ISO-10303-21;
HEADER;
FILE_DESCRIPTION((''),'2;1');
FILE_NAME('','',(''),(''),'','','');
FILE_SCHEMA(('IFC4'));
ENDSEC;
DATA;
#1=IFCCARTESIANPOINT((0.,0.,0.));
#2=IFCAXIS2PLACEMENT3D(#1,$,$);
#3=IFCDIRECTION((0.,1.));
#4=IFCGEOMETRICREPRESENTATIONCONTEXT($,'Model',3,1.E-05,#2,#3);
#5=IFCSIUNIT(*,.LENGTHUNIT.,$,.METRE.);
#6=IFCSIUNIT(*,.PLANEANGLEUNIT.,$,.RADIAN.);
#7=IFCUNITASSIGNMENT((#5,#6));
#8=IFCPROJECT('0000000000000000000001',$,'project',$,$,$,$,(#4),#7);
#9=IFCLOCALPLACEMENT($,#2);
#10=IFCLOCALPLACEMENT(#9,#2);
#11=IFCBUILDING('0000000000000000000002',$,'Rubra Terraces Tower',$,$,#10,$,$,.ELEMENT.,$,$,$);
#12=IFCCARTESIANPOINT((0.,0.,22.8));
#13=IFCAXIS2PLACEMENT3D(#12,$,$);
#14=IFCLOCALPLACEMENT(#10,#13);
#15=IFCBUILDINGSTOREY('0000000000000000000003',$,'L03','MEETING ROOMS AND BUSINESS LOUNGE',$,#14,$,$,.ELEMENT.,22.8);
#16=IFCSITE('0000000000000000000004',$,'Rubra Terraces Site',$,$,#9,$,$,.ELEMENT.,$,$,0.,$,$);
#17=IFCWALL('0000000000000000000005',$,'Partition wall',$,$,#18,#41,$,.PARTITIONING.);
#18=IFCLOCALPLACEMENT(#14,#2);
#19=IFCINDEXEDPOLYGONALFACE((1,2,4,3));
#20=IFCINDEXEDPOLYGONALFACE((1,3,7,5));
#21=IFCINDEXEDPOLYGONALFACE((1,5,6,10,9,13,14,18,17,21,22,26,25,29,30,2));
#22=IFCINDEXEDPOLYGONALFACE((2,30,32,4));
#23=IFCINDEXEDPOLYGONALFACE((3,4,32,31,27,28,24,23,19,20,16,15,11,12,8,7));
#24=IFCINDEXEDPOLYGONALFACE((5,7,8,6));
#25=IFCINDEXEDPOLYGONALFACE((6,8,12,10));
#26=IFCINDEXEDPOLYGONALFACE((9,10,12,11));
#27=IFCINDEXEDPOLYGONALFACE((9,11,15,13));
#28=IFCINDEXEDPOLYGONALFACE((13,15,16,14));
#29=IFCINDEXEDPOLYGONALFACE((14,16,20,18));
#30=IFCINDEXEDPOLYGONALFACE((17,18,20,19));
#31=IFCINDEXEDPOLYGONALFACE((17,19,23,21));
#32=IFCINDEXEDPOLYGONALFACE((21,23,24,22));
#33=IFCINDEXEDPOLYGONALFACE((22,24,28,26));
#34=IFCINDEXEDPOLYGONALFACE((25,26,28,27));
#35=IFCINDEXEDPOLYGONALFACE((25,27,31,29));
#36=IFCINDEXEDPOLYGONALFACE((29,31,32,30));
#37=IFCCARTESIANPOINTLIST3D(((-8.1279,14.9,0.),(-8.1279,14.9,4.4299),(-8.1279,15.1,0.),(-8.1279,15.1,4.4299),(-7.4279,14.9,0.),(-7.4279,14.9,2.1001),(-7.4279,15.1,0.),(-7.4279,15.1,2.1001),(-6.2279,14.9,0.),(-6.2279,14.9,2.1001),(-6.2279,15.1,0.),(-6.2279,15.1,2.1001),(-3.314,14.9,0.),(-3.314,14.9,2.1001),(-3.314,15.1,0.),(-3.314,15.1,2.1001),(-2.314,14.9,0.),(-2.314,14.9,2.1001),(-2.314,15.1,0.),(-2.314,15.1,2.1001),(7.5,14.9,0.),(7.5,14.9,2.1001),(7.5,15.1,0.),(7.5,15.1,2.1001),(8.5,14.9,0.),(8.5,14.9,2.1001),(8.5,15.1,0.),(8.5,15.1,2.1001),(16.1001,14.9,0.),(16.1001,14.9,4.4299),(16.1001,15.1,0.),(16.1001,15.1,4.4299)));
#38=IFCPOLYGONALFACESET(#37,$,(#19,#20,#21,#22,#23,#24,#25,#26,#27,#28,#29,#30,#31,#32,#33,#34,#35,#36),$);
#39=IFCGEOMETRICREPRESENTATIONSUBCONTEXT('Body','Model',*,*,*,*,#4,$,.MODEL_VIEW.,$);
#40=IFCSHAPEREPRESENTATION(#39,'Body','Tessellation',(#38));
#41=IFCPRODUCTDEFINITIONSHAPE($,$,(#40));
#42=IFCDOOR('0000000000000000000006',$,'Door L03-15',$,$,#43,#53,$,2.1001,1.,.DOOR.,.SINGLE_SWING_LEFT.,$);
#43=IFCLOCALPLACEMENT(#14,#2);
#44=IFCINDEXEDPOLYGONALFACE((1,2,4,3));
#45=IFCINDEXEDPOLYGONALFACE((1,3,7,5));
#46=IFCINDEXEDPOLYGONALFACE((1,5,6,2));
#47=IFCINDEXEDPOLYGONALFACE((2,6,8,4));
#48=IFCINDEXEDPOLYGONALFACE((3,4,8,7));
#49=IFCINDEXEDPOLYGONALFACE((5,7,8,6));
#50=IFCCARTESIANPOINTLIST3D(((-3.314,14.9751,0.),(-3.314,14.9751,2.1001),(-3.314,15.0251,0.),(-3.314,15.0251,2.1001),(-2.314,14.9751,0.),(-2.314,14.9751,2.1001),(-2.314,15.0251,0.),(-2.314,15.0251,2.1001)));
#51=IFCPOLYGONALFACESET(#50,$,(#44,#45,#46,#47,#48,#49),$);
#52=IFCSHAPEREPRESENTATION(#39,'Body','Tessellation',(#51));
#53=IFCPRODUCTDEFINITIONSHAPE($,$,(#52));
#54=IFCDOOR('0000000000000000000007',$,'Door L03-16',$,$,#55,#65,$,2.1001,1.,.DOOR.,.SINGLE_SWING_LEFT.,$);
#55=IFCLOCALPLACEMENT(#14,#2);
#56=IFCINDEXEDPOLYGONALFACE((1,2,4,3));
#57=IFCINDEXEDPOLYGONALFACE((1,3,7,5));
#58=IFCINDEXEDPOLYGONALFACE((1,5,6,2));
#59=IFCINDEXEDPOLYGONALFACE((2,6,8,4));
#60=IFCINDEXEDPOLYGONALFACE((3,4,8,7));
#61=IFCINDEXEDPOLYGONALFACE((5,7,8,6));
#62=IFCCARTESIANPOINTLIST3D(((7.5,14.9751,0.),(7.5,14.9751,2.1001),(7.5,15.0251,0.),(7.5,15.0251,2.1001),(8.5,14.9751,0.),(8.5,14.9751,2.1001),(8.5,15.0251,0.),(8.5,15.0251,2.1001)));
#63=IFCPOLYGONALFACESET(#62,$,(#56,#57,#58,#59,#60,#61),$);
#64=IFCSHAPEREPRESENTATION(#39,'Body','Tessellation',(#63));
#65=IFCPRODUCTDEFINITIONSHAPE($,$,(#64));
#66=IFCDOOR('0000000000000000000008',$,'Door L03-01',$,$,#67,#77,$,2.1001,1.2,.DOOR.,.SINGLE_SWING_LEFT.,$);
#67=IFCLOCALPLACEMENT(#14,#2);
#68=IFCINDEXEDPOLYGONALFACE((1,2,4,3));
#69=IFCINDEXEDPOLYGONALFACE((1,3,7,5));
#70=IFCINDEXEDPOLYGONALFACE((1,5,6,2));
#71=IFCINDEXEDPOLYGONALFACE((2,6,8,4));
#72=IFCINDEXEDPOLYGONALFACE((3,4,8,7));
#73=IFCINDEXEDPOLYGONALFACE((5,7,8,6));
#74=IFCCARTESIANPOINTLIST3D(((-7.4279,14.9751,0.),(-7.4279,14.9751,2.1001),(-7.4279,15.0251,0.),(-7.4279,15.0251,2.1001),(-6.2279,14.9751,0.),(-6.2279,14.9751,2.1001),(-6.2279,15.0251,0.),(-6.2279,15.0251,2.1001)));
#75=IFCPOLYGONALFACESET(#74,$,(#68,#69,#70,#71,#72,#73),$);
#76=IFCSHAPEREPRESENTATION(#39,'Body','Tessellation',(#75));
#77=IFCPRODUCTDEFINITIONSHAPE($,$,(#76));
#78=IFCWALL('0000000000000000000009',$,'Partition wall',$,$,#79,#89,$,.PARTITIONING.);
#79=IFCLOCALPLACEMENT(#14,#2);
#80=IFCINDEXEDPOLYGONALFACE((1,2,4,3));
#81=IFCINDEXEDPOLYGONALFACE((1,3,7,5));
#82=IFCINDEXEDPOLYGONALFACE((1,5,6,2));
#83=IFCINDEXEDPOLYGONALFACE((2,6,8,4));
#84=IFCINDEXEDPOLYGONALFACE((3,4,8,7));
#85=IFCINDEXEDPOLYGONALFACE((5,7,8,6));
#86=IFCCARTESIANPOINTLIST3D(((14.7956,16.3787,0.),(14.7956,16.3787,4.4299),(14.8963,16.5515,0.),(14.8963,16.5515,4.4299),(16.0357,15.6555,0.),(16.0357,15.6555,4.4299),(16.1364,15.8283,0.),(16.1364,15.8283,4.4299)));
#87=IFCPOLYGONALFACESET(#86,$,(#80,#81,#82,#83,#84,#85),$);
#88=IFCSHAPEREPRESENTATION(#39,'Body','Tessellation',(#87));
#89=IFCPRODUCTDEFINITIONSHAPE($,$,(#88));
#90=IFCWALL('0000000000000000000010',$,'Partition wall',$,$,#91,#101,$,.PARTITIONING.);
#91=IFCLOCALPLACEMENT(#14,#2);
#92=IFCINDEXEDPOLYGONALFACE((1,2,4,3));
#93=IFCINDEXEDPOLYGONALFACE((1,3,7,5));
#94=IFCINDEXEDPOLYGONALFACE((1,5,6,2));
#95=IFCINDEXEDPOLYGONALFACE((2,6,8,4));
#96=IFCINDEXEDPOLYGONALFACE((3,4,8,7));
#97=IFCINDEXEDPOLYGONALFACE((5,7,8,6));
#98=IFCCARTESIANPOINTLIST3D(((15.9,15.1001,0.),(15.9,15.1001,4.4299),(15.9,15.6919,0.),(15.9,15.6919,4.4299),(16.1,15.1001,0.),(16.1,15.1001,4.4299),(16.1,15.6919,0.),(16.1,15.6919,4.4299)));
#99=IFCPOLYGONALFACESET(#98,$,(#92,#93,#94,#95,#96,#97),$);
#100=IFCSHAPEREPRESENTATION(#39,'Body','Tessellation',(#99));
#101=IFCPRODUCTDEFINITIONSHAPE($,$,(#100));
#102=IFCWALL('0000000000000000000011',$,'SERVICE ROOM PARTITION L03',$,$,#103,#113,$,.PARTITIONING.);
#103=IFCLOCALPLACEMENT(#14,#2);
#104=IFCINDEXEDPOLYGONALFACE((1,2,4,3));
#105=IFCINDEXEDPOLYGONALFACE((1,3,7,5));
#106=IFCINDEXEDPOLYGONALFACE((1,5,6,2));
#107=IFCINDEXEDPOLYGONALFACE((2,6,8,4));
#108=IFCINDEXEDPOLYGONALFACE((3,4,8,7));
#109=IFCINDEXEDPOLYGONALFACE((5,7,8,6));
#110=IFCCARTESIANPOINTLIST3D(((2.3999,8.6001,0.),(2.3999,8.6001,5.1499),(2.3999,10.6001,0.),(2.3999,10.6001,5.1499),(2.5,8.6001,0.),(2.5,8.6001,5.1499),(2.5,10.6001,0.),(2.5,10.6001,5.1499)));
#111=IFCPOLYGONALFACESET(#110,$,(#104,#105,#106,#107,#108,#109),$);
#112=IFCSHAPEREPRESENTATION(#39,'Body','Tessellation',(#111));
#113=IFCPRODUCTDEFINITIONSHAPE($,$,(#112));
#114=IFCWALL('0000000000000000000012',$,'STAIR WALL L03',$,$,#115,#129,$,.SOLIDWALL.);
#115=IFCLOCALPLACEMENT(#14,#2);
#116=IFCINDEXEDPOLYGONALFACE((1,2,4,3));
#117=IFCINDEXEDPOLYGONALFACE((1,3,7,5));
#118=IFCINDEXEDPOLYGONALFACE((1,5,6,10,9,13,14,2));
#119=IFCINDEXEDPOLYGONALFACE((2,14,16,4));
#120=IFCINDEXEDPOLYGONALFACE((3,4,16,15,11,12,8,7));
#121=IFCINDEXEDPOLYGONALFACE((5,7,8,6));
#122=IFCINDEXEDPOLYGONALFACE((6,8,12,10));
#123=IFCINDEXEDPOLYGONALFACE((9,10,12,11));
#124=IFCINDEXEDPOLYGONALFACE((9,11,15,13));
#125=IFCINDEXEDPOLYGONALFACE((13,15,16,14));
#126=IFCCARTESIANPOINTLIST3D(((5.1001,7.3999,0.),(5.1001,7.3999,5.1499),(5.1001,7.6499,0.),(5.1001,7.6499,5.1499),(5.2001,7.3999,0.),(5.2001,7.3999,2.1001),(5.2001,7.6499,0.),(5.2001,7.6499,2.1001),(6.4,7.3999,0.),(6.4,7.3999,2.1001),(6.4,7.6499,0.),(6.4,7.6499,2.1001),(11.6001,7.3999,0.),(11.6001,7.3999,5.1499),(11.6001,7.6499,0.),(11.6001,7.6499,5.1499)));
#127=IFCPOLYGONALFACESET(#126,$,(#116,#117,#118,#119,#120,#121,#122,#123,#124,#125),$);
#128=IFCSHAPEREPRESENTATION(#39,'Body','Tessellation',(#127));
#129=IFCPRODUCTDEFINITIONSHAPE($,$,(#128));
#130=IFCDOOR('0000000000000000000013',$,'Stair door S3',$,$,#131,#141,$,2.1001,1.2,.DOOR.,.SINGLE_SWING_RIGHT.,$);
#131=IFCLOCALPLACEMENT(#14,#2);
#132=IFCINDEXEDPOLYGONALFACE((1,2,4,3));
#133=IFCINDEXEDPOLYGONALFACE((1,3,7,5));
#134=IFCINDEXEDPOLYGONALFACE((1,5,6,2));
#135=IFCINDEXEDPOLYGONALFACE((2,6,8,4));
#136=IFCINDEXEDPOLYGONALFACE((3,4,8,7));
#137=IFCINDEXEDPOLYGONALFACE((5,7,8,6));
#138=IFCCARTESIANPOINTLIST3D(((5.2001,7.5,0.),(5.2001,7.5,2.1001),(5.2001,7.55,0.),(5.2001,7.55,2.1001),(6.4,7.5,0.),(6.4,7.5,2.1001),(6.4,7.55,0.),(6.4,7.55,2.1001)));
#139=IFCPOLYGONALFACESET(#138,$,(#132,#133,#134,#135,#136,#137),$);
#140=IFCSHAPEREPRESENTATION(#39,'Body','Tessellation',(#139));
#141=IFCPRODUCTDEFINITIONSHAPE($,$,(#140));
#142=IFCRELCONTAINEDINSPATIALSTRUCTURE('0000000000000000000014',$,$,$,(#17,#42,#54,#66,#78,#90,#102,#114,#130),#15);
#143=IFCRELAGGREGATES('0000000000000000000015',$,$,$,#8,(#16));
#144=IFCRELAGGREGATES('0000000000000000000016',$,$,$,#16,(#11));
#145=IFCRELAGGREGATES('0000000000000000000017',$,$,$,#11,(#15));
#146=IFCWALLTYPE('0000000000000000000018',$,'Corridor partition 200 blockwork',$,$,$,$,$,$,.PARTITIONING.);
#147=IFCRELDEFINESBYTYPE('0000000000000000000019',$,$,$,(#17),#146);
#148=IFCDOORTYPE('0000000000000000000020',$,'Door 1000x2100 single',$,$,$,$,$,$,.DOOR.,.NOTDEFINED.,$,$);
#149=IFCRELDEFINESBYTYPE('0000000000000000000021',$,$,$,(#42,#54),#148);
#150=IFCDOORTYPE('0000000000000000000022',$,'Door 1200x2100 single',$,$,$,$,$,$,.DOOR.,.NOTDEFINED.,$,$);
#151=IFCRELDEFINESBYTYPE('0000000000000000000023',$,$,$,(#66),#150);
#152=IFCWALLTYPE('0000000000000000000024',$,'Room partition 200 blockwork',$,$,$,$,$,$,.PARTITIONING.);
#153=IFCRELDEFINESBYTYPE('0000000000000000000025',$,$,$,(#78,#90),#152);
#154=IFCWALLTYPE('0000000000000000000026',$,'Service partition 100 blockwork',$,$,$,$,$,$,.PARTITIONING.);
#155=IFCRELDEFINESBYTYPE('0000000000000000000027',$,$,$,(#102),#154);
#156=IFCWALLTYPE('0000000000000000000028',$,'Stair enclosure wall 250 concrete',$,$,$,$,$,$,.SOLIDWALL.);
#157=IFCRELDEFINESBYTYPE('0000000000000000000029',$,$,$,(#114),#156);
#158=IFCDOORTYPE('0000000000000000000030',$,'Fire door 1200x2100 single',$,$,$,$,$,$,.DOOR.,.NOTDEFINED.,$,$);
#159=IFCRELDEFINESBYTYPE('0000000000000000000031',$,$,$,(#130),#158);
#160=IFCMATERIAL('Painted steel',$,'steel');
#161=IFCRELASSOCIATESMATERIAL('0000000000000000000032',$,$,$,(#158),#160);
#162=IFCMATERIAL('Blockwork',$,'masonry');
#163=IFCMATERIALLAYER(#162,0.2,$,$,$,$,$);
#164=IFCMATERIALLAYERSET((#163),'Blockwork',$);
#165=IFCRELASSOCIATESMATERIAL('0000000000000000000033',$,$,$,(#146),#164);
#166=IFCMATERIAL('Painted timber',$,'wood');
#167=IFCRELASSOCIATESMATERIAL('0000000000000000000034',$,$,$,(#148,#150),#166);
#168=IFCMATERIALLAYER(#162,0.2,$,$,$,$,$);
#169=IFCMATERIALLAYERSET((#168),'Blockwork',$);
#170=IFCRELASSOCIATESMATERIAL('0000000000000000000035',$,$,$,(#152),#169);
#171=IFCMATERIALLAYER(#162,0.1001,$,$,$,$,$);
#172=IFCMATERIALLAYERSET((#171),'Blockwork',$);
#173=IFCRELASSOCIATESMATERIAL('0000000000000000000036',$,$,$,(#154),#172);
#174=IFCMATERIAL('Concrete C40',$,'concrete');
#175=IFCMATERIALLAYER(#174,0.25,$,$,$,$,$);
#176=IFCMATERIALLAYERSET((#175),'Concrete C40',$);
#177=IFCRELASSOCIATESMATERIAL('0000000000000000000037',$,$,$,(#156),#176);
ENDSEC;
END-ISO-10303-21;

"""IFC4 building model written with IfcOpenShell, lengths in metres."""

from ifc_helpers import new_model, si_unit, direction, frame, frame_2d, origin, place, context, subcontext, project, spatial, rectangle, extrude, material, layer, layer_set, type_object, element, fill, save


model = new_model("IFC4")

# Units and contexts
model_context = context("Model", 3, precision=1e-05, world=origin(), true_north=direction((0.0, 1.0)))
body_context = subcontext(model_context, "Body", "Model", "MODEL_VIEW")
ifc_project = project(units=[si_unit("LENGTHUNIT", "METRE"), si_unit("PLANEANGLEUNIT", "RADIAN")], contexts=[model_context])

# Site, building, storey
site_placement = place(None, origin())
site = spatial("IfcSite", under=ifc_project, at=site_placement, Name="Rubra Terraces Site", CompositionType="ELEMENT", RefElevation=0.0)
building_placement = place(site_placement, origin())
building = spatial("IfcBuilding", under=site, at=building_placement, Name="Rubra Terraces Tower", CompositionType="ELEMENT")
storey_placement = place(building_placement, frame((0.0, 0.0, 22.8)))
storey = spatial("IfcBuildingStorey", under=building, at=storey_placement, Name="L03", Description="MEETING ROOMS AND BUSINESS LOUNGE", CompositionType="ELEMENT", Elevation=22.8)

# Shared definitions
ifc_material_1 = material(Name="Painted steel", Category="steel")
door_type_1 = type_object("IfcDoorType", Name="Fire door 1200x2100 single", OperationType="NOTDEFINED", PredefinedType="DOOR", material=ifc_material_1)

# Wall, openings, doors
ifc_material_2 = material(Name="Blockwork", Category="masonry")
ifc_layer_1 = layer(ifc_material_2, 0.2)
ifc_layer_set_1 = layer_set([ifc_layer_1], Name="Blockwork")
wall_type_1 = type_object("IfcWallType", Name="Corridor partition 200 blockwork", PredefinedType="PARTITIONING", material=ifc_layer_set_1)
wall_1_placement = place(storey_placement, frame((16.1001, 15.0, 0.0), z_axis=(0.0, 0.0, 1.0), x_axis=(-1.0, 0.0, 0.0)))
wall_1 = element("IfcWall", 1, at=wall_1_placement, inside=storey, type_object=wall_type_1, Name="Partition wall", PredefinedType="PARTITIONING", context=body_context, shape_type="SweptSolid", body=[
    extrude(rectangle(XDim=24.228, YDim=0.2, at=frame_2d((12.114, 0.0))), origin(), (0.0, 0.0, 1.0), 4.4299),
])
opening_1_placement = place(wall_1_placement, frame((22.3279, 0.0, 0.0)))
opening_1 = element("IfcOpeningElement", 2, at=opening_1_placement, cuts=wall_1, PredefinedType="OPENING", context=body_context, shape_type="SweptSolid", body=[
    extrude(rectangle(XDim=1.2, YDim=2.1001, at=frame_2d((0.6001, 1.05))), frame((0.0, 0.1099, 0.0), z_axis=(0.0, -1.0, 0.0), x_axis=(1.0, 0.0, 0.0)), (0.0, 0.0, 1.0), 0.22),
])
opening_2_placement = place(wall_1_placement, frame((18.4141, 0.0, 0.0)))
opening_2 = element("IfcOpeningElement", 3, at=opening_2_placement, cuts=wall_1, PredefinedType="OPENING", context=body_context, shape_type="SweptSolid", body=[
    extrude(rectangle(XDim=1.0, YDim=2.1001, at=frame_2d((0.5, 1.05))), frame((0.0, 0.1099, 0.0), z_axis=(0.0, -1.0, 0.0), x_axis=(1.0, 0.0, 0.0)), (0.0, 0.0, 1.0), 0.22),
])
opening_3_placement = place(wall_1_placement, frame((7.6001, 0.0, 0.0)))
opening_3 = element("IfcOpeningElement", 4, at=opening_3_placement, cuts=wall_1, PredefinedType="OPENING", context=body_context, shape_type="SweptSolid", body=[
    extrude(rectangle(XDim=1.0, YDim=2.1001, at=frame_2d((0.5, 1.05))), frame((0.0, 0.1099, 0.0), z_axis=(0.0, -1.0, 0.0), x_axis=(1.0, 0.0, 0.0)), (0.0, 0.0, 1.0), 0.22),
])
ifc_material_3 = material(Name="Painted timber", Category="wood")
door_type_2 = type_object("IfcDoorType", Name="Door 1000x2100 single", OperationType="NOTDEFINED", PredefinedType="DOOR", material=ifc_material_3)
door_1_placement = place(opening_2_placement, origin())
door_1 = element("IfcDoor", 5, at=door_1_placement, inside=storey, type_object=door_type_2, Name="Door L03-15", OperationType="SINGLE_SWING_LEFT", OverallHeight=2.1001, OverallWidth=1.0, PredefinedType="DOOR", context=body_context, shape_type="SweptSolid", body=[
    extrude(rectangle(XDim=1.0, YDim=2.1001, at=frame_2d((0.5, 1.05))), frame((0.0, 0.0249, 0.0), z_axis=(0.0, -1.0, 0.0), x_axis=(1.0, 0.0, 0.0)), (0.0, 0.0, 1.0), 0.05),
])
fill(opening_2, door_1)
door_2_placement = place(opening_3_placement, origin())
door_2 = element("IfcDoor", 6, at=door_2_placement, inside=storey, type_object=door_type_2, Name="Door L03-16", OperationType="SINGLE_SWING_LEFT", OverallHeight=2.1001, OverallWidth=1.0, PredefinedType="DOOR", context=body_context, shape_type="SweptSolid", body=[
    extrude(rectangle(XDim=1.0, YDim=2.1001, at=frame_2d((0.5, 1.05))), frame((0.0, 0.0249, 0.0), z_axis=(0.0, -1.0, 0.0), x_axis=(1.0, 0.0, 0.0)), (0.0, 0.0, 1.0), 0.05),
])
fill(opening_3, door_2)
door_type_3 = type_object("IfcDoorType", Name="Door 1200x2100 single", OperationType="NOTDEFINED", PredefinedType="DOOR", material=ifc_material_3)
door_3_placement = place(opening_1_placement, origin())
door_3 = element("IfcDoor", 7, at=door_3_placement, inside=storey, type_object=door_type_3, Name="Door L03-01", OperationType="SINGLE_SWING_LEFT", OverallHeight=2.1001, OverallWidth=1.2, PredefinedType="DOOR", context=body_context, shape_type="SweptSolid", body=[
    extrude(rectangle(XDim=1.2, YDim=2.1001, at=frame_2d((0.6001, 1.05))), frame((0.0, 0.0249, 0.0), z_axis=(0.0, -1.0, 0.0), x_axis=(1.0, 0.0, 0.0)), (0.0, 0.0, 1.0), 0.05),
])
fill(opening_1, door_3)

# Walls
ifc_layer_2 = layer(ifc_material_2, 0.2)
ifc_layer_set_2 = layer_set([ifc_layer_2], Name="Blockwork")
wall_type_2 = type_object("IfcWallType", Name="Room partition 200 blockwork", PredefinedType="PARTITIONING", material=ifc_layer_set_2)
wall_2_placement = place(storey_placement, frame((14.8459, 16.4651, 0.0), z_axis=(0.0, 0.0, 1.0), x_axis=(0.863834, -0.503776, 0.0)))
element("IfcWall", 8, at=wall_2_placement, inside=storey, type_object=wall_type_2, Name="Partition wall", PredefinedType="PARTITIONING", context=body_context, shape_type="SweptSolid", body=[
    extrude(rectangle(XDim=1.4355, YDim=0.2, at=frame_2d((0.7178, 0.0))), origin(), (0.0, 0.0, 1.0), 4.4299),
])
wall_3_placement = place(storey_placement, frame((16.0, 15.6919, 0.0), z_axis=(0.0, 0.0, 1.0), x_axis=(0.0, -1.0, 0.0)))
element("IfcWall", 9, at=wall_3_placement, inside=storey, type_object=wall_type_2, Name="Partition wall", PredefinedType="PARTITIONING", context=body_context, shape_type="SweptSolid", body=[
    extrude(rectangle(XDim=0.5918, YDim=0.2, at=frame_2d((0.2959, 0.0))), origin(), (0.0, 0.0, 1.0), 4.4299),
])
ifc_layer_3 = layer(ifc_material_2, 0.1001)
ifc_layer_set_3 = layer_set([ifc_layer_3], Name="Blockwork")
wall_type_3 = type_object("IfcWallType", Name="Service partition 100 blockwork", PredefinedType="PARTITIONING", material=ifc_layer_set_3)
wall_4_placement = place(storey_placement, frame((2.45, 8.6001, 0.0), z_axis=(0.0, 0.0, 1.0), x_axis=(0.0, 1.0, 0.0)))
element("IfcWall", 10, at=wall_4_placement, inside=storey, type_object=wall_type_3, Name="SERVICE ROOM PARTITION L03", PredefinedType="PARTITIONING", context=body_context, shape_type="SweptSolid", body=[
    extrude(rectangle(XDim=2.0, YDim=0.1001, at=frame_2d((1.0, 0.0))), origin(), (0.0, 0.0, 1.0), 5.1499),
])

# Wall, opening, door
ifc_material_4 = material(Name="Concrete C40", Category="concrete")
ifc_layer_4 = layer(ifc_material_4, 0.25)
ifc_layer_set_4 = layer_set([ifc_layer_4], Name="Concrete C40")
wall_type_4 = type_object("IfcWallType", Name="Stair enclosure wall 250 concrete", PredefinedType="SOLIDWALL", material=ifc_layer_set_4)
wall_5_placement = place(storey_placement, frame((11.6001, 7.5249, 0.0), z_axis=(0.0, 0.0, 1.0), x_axis=(-1.0, 0.0, 0.0)))
wall_5 = element("IfcWall", 11, at=wall_5_placement, inside=storey, type_object=wall_type_4, Name="STAIR WALL L03", PredefinedType="SOLIDWALL", context=body_context, shape_type="SweptSolid", body=[
    extrude(rectangle(XDim=6.5, YDim=0.25, at=frame_2d((3.25, 0.0))), origin(), (0.0, 0.0, 1.0), 5.1499),
])
opening_4_placement = place(wall_5_placement, frame((5.2, 0.0, 0.0)))
opening_4 = element("IfcOpeningElement", 12, at=opening_4_placement, cuts=wall_5, PredefinedType="OPENING", context=body_context, shape_type="SweptSolid", body=[
    extrude(rectangle(XDim=1.2, YDim=2.1001, at=frame_2d((0.6001, 1.05))), frame((0.0, 0.135, 0.0), z_axis=(0.0, -1.0, 0.0), x_axis=(1.0, 0.0, 0.0)), (0.0, 0.0, 1.0), 0.27),
])
door_4_placement = place(opening_4_placement, origin())
door_4 = element("IfcDoor", 13, at=door_4_placement, inside=storey, type_object=door_type_1, Name="Stair door S3", OperationType="SINGLE_SWING_RIGHT", OverallHeight=2.1001, OverallWidth=1.2, PredefinedType="DOOR", context=body_context, shape_type="SweptSolid", body=[
    extrude(rectangle(XDim=1.2, YDim=2.1001, at=frame_2d((0.6001, 1.05))), frame((0.0, 0.0249, 0.0), z_axis=(0.0, -1.0, 0.0), x_axis=(1.0, 0.0, 0.0)), (0.0, 0.0, 1.0), 0.05),
])
fill(opening_4, door_4)

save(model, "model.ifc")
